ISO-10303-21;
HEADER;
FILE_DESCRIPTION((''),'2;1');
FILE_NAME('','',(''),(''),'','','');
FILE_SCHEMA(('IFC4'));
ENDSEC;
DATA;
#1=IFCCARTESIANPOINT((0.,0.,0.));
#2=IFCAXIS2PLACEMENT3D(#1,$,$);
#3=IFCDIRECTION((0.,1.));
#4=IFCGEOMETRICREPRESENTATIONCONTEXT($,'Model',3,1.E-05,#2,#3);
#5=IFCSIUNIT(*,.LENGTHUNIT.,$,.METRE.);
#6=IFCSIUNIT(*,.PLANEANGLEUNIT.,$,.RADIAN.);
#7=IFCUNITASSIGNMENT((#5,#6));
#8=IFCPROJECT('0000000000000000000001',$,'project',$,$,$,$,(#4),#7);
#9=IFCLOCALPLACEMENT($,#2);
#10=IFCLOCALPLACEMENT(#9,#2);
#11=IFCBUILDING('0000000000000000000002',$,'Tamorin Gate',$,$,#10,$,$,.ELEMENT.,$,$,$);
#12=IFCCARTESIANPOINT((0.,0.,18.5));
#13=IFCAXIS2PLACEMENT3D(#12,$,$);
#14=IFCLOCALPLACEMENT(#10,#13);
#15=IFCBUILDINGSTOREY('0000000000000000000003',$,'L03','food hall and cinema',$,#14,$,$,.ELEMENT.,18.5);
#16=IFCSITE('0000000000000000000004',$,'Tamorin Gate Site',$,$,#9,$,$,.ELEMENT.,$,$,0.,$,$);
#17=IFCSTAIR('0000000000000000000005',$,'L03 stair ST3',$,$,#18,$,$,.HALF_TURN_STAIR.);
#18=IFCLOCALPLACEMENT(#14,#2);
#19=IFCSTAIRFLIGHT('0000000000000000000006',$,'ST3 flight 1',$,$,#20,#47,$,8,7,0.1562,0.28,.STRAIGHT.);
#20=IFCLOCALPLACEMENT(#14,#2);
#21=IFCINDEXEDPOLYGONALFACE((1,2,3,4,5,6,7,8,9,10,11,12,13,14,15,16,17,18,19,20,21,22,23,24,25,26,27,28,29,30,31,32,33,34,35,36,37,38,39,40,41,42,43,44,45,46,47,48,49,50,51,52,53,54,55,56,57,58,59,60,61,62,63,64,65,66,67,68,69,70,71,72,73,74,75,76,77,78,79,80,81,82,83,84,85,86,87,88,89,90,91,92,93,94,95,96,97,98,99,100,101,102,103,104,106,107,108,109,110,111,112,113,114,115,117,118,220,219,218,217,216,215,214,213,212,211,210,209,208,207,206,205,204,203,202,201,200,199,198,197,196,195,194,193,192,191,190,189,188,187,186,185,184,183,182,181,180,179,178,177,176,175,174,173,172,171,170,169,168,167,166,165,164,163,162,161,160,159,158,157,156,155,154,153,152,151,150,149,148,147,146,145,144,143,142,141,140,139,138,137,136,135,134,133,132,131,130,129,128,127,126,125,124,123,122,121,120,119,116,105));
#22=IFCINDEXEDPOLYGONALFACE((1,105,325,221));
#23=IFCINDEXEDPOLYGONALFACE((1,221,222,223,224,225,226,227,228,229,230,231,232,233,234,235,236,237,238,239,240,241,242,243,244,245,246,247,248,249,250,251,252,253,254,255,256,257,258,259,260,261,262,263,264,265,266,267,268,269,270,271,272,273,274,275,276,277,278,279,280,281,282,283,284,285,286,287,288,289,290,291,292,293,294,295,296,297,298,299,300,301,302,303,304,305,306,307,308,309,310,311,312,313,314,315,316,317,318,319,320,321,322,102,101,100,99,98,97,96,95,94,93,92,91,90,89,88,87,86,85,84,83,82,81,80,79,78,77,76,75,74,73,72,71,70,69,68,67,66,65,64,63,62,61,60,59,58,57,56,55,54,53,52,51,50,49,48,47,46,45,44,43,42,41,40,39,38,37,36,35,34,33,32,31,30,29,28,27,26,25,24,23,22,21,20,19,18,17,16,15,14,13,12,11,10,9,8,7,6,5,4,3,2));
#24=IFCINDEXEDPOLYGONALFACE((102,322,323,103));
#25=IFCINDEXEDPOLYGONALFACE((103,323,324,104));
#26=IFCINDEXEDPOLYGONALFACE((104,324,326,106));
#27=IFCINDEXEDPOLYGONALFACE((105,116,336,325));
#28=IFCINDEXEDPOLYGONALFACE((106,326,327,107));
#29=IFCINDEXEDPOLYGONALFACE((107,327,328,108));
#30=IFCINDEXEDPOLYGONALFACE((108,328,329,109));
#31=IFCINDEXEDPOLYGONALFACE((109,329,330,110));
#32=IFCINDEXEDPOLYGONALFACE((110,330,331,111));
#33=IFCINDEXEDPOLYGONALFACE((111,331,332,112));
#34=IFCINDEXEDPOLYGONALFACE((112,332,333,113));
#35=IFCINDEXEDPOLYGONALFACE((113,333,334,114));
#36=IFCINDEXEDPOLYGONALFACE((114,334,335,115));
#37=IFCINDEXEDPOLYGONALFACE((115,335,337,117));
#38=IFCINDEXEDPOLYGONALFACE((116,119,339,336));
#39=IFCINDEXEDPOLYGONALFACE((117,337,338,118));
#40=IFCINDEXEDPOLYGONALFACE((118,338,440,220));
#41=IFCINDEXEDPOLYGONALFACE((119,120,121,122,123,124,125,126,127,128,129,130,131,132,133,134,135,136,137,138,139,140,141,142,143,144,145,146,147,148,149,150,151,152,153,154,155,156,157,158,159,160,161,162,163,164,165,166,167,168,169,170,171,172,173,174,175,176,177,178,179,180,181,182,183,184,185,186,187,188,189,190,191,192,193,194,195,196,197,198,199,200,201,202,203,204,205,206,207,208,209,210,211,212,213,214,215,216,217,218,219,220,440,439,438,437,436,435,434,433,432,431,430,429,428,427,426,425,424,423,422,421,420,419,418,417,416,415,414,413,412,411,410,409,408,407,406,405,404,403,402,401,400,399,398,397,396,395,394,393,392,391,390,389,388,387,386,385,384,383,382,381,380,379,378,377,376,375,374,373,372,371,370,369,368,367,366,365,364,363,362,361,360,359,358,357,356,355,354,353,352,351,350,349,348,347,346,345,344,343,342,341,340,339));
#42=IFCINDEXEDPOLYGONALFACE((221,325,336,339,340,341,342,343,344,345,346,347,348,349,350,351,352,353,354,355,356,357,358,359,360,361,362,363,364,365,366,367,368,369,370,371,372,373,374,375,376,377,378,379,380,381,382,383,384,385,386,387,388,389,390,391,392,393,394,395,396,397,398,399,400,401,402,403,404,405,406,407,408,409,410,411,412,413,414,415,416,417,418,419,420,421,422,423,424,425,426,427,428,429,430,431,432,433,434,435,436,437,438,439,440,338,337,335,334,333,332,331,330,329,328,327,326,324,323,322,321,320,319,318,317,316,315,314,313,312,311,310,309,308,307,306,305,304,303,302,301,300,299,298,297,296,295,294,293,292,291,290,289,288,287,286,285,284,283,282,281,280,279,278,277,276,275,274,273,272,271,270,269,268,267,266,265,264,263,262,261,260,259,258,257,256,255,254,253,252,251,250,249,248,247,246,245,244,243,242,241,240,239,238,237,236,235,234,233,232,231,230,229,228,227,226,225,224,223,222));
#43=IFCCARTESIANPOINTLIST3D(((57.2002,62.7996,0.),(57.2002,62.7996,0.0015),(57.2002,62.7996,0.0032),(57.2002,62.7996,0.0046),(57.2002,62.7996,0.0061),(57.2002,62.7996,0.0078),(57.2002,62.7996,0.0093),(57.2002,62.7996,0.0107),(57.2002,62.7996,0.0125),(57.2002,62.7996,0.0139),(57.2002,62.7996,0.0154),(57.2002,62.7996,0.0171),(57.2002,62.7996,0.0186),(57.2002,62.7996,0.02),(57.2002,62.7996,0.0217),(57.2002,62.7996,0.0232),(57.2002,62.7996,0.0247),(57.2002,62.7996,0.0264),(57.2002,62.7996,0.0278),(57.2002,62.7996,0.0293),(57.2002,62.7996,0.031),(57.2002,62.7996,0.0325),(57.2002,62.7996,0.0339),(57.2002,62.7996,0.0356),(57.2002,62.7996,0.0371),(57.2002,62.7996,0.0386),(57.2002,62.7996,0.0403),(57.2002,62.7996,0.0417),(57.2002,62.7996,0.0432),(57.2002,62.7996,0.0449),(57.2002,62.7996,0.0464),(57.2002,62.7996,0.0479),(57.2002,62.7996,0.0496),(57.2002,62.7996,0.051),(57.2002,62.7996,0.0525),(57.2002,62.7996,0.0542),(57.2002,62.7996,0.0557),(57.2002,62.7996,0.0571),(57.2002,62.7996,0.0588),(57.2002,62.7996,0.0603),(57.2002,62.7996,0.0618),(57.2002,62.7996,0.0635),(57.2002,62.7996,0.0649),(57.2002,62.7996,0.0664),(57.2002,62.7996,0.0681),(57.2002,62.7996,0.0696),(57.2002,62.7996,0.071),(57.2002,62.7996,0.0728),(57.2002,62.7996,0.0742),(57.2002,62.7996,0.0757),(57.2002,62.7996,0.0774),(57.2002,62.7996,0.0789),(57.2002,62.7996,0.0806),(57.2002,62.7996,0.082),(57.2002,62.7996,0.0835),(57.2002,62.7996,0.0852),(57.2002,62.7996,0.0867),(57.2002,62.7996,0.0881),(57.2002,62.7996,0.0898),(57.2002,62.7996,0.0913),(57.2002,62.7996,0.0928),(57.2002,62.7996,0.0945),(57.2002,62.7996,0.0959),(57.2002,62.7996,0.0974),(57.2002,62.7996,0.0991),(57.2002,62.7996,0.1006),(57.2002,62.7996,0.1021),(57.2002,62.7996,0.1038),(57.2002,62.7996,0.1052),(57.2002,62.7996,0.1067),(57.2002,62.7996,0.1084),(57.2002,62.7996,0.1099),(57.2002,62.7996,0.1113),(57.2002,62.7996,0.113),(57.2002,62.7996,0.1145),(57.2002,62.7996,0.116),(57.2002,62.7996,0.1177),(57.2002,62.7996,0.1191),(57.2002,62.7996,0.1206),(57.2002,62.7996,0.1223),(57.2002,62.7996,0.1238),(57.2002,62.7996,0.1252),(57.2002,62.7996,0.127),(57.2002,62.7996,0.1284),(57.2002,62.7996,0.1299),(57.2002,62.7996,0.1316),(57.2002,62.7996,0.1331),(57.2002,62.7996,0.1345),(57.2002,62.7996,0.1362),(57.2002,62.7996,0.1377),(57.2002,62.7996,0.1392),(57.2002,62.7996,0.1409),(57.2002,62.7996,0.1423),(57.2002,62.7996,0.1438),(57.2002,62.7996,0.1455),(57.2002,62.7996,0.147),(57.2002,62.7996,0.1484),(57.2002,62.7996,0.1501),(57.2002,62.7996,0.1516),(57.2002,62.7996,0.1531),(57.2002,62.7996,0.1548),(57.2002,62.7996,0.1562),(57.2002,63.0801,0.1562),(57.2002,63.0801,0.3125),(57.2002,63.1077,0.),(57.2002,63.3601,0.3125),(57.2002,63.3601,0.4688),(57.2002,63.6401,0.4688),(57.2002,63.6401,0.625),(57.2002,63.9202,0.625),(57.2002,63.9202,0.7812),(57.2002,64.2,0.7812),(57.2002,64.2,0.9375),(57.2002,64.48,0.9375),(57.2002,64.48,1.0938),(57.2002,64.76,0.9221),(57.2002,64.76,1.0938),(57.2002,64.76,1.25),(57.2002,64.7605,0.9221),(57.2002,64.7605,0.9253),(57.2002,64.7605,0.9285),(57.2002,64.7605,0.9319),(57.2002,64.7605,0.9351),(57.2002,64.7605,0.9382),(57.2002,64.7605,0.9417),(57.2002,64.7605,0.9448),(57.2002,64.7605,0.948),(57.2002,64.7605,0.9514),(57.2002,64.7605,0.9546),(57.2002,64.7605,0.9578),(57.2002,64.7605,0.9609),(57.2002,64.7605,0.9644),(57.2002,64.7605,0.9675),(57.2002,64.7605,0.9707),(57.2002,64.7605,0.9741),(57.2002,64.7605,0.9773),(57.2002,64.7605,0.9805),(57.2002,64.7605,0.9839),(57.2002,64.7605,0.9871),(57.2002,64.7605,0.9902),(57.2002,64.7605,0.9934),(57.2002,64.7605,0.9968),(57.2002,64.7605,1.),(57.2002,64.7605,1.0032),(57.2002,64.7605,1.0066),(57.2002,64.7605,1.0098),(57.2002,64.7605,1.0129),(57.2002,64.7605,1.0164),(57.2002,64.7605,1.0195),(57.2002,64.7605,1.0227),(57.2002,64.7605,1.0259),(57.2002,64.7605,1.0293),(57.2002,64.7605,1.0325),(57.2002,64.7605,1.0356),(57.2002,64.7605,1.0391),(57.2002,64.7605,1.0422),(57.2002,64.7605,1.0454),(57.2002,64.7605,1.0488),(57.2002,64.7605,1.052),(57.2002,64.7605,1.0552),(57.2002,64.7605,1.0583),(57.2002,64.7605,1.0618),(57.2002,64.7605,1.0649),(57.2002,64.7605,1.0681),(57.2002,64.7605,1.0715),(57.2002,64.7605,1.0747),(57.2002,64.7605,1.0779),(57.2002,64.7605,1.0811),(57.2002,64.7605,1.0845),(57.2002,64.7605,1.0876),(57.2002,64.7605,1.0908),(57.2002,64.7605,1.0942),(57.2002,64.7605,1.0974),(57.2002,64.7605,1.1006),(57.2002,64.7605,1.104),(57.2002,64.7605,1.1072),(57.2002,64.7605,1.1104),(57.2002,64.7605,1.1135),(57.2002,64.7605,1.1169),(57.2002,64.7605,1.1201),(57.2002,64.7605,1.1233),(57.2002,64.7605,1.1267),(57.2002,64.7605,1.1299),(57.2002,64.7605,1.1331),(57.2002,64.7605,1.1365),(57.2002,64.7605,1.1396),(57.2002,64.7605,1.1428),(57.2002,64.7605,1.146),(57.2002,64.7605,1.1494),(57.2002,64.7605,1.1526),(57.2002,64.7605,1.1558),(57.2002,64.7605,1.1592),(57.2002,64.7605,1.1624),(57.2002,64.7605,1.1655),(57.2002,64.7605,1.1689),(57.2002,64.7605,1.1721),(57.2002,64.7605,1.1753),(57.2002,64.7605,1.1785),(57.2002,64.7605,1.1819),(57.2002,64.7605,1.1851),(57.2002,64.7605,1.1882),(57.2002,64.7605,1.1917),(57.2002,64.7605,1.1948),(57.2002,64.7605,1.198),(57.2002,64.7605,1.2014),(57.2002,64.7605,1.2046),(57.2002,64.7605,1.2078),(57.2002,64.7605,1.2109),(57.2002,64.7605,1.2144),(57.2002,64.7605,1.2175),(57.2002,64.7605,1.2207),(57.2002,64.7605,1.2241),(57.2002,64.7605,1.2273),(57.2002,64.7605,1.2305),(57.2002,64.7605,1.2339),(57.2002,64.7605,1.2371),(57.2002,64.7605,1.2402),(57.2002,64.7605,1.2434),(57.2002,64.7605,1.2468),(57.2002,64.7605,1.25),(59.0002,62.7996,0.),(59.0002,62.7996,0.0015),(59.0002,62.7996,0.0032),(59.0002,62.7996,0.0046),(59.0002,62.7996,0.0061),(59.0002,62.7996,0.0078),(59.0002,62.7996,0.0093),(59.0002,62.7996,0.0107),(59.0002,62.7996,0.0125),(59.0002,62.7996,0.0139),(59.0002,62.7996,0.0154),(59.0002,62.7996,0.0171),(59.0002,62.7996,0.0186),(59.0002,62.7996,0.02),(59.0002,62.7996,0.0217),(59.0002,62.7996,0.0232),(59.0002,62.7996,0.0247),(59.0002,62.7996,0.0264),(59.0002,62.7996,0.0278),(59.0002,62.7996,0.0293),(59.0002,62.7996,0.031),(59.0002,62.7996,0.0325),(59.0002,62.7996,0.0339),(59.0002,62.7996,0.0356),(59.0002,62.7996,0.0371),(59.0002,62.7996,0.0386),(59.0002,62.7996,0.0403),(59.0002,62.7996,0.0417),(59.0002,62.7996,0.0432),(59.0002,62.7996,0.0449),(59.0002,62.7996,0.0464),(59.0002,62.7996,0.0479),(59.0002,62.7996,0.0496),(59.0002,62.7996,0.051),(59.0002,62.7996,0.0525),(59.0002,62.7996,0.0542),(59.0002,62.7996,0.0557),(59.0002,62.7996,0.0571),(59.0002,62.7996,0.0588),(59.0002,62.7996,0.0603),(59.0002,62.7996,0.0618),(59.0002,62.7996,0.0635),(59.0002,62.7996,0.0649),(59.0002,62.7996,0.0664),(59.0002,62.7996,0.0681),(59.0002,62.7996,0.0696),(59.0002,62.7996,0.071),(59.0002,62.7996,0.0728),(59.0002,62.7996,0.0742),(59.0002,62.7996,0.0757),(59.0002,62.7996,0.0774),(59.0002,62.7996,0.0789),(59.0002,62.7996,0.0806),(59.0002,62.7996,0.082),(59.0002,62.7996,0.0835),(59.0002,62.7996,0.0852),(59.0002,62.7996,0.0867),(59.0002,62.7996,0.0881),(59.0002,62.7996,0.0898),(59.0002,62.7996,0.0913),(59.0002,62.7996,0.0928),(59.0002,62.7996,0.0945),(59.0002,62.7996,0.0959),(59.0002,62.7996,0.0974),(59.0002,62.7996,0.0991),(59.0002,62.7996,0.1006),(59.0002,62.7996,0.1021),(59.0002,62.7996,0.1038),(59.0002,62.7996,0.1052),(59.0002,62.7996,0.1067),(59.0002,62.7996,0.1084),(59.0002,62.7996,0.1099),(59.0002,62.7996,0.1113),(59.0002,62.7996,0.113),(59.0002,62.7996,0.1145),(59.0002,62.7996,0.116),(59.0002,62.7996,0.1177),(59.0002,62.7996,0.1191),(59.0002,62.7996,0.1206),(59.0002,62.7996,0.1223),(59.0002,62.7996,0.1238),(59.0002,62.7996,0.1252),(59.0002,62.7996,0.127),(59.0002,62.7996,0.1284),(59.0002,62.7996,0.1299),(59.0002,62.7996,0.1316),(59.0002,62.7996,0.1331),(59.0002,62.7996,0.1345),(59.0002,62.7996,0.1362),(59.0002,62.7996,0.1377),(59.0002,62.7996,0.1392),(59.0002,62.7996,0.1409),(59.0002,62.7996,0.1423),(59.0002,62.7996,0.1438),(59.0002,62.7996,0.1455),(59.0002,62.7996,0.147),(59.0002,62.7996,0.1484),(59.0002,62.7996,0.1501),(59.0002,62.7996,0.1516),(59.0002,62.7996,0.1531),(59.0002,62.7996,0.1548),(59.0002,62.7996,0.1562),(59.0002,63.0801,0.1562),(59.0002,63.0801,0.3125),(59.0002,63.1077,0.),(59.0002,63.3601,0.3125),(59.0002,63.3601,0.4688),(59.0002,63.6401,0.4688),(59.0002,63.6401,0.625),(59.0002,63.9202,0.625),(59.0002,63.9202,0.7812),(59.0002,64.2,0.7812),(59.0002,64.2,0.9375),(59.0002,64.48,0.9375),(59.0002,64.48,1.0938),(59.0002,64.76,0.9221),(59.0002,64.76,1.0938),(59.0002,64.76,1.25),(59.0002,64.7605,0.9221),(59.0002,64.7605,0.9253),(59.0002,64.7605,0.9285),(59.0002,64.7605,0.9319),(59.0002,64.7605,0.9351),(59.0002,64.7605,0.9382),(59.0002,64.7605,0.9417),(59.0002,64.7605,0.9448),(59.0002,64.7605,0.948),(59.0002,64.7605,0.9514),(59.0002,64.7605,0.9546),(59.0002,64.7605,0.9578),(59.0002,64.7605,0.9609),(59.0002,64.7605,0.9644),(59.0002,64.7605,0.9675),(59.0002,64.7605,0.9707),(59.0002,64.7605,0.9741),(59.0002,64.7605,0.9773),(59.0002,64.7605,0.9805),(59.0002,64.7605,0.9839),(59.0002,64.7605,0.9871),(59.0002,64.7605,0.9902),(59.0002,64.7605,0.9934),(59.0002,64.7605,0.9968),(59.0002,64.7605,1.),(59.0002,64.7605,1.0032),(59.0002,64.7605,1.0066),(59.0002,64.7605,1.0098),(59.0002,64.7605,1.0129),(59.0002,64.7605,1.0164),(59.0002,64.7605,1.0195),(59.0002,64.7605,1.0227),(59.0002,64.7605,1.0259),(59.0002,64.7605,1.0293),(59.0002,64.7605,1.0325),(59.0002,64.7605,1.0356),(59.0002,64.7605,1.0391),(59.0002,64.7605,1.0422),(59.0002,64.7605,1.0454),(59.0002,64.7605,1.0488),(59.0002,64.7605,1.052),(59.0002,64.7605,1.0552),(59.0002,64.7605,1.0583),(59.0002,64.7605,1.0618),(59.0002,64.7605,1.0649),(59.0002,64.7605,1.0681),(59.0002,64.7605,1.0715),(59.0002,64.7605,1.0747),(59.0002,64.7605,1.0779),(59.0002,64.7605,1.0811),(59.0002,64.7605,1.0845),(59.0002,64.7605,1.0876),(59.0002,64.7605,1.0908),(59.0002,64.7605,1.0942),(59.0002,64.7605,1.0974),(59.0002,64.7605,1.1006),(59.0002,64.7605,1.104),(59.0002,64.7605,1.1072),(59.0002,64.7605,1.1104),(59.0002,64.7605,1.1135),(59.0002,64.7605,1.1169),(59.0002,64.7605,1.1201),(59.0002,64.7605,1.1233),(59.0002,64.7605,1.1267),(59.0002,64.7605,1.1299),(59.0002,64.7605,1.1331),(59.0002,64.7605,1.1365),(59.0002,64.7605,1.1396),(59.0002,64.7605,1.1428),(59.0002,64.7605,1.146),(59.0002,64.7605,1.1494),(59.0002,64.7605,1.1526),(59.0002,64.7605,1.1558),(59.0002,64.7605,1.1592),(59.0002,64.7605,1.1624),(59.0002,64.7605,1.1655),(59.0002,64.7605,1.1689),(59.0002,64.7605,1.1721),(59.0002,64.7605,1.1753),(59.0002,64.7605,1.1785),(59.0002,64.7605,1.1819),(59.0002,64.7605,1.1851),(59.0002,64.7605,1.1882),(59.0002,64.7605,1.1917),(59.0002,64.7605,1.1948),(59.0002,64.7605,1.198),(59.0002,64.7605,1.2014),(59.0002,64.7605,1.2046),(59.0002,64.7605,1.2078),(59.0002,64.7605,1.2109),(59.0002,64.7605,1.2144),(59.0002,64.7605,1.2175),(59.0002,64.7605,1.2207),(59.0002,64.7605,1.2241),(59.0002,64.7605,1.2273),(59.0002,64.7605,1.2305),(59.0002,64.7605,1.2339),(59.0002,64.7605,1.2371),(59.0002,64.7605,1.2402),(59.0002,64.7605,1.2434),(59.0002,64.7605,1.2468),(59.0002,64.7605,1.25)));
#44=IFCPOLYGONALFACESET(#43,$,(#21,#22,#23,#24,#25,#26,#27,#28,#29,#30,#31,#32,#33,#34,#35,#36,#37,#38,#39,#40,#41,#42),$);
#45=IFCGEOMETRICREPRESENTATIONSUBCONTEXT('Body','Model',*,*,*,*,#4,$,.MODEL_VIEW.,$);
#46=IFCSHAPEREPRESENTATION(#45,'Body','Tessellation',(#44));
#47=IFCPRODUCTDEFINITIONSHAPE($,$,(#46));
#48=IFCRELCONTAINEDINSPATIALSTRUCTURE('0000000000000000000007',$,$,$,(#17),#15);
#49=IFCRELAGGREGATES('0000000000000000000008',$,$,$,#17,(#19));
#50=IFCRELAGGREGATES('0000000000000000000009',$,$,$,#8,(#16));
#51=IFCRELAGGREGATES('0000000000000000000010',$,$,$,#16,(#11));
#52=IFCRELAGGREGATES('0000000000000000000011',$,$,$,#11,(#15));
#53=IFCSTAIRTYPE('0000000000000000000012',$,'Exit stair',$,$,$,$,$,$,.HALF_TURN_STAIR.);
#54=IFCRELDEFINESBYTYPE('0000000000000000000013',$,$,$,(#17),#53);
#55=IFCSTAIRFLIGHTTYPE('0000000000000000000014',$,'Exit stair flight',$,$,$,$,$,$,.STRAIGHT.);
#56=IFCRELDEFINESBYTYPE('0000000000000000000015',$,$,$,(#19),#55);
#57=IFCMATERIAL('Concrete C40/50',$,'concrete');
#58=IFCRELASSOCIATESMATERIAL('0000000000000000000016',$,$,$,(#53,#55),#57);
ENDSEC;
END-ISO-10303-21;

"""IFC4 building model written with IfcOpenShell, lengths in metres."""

from ifc_helpers import new_model, si_unit, direction, frame, origin, place, context, subcontext, project, spatial, polyline, outline, extrude, material, type_object, element, aggregate, save


model = new_model("IFC4")

# Units and contexts
model_context = context("Model", 3, precision=1e-05, world=origin(), true_north=direction((0.0, 1.0)))
body_context = subcontext(model_context, "Body", "Model", "MODEL_VIEW")
ifc_project = project(units=[si_unit("LENGTHUNIT", "METRE"), si_unit("PLANEANGLEUNIT", "RADIAN")], contexts=[model_context])

# Site, building, storey
site_placement = place(None, origin())
site = spatial("IfcSite", under=ifc_project, at=site_placement, Name="Tamorin Gate Site", CompositionType="ELEMENT", RefElevation=0.0)
building_placement = place(site_placement, origin())
building = spatial("IfcBuilding", under=site, at=building_placement, Name="Tamorin Gate", CompositionType="ELEMENT")
storey_placement = place(building_placement, frame((0.0, 0.0, 18.5)))
storey = spatial("IfcBuildingStorey", under=building, at=storey_placement, Name="L03", Description="food hall and cinema", CompositionType="ELEMENT", Elevation=18.5)

# Stair, stair flight
ifc_material_1 = material(Name="Concrete C40/50", Category="concrete")
stair_type = type_object("IfcStairType", Name="Exit stair", PredefinedType="HALF_TURN_STAIR", material=ifc_material_1)
stair_placement = place(storey_placement, origin())
stair = element("IfcStair", 1, at=stair_placement, inside=storey, type_object=stair_type, Name="L03 stair ST3", PredefinedType="HALF_TURN_STAIR")
stair_flight_type = type_object("IfcStairFlightType", Name="Exit stair flight", PredefinedType="STRAIGHT", material=ifc_material_1)
stair_flight_1_placement = place(storey_placement, frame((58.1001, 62.8, 0.0), z_axis=(0.0, 0.0, 1.0), x_axis=(0.0, 1.0, 0.0)))
stair_flight_1 = element("IfcStairFlight", 2, at=stair_flight_1_placement, type_object=stair_flight_type, Name="ST3 flight 1", NumberOfRisers=8, NumberOfTreads=7, PredefinedType="STRAIGHT", RiserHeight=0.1562, TreadLength=0.28, context=body_context, shape_type="SweptSolid", body=[
    extrude(outline(polyline([(-0.0005, 0.0), (-0.0005, 0.0015), (-0.0005, 0.0032), (-0.0005, 0.0046), (-0.0005, 0.0061), (-0.0005, 0.0078), (-0.0005, 0.0093), (-0.0005, 0.0107), (-0.0005, 0.0125), (-0.0005, 0.0139), (-0.0005, 0.0154), (-0.0005, 0.0171), (-0.0005, 0.0186), (-0.0005, 0.02), (-0.0005, 0.0217), (-0.0005, 0.0232), (-0.0005, 0.0247), (-0.0005, 0.0264), (-0.0005, 0.0278), (-0.0005, 0.0293), (-0.0005, 0.031), (-0.0005, 0.0325), (-0.0005, 0.0339), (-0.0005, 0.0356), (-0.0005, 0.0371), (-0.0005, 0.0386), (-0.0005, 0.0403), (-0.0005, 0.0417), (-0.0005, 0.0432), (-0.0005, 0.0449), (-0.0005, 0.0464), (-0.0005, 0.0479), (-0.0005, 0.0496), (-0.0005, 0.051), (-0.0005, 0.0525), (-0.0005, 0.0542), (-0.0005, 0.0557), (-0.0005, 0.0571), (-0.0005, 0.0588), (-0.0005, 0.0603), (-0.0005, 0.0618), (-0.0005, 0.0635), (-0.0005, 0.0649), (-0.0005, 0.0664), (-0.0005, 0.0681), (-0.0005, 0.0696), (-0.0005, 0.071), (-0.0005, 0.0728), (-0.0005, 0.0742), (-0.0005, 0.0757), (-0.0005, 0.0774), (-0.0005, 0.0789), (-0.0005, 0.0806), (-0.0005, 0.082), (-0.0005, 0.0835), (-0.0005, 0.0852), (-0.0005, 0.0867), (-0.0005, 0.0881), (-0.0005, 0.0898), (-0.0005, 0.0913), (-0.0005, 0.0928), (-0.0005, 0.0945), (-0.0005, 0.0959), (-0.0005, 0.0974), (-0.0005, 0.0991), (-0.0005, 0.1006), (-0.0005, 0.1021), (-0.0005, 0.1038), (-0.0005, 0.1052), (-0.0005, 0.1067), (-0.0005, 0.1084), (-0.0005, 0.1099), (-0.0005, 0.1113), (-0.0005, 0.113), (-0.0005, 0.1145), (-0.0005, 0.116), (-0.0005, 0.1177), (-0.0005, 0.1191), (-0.0005, 0.1206), (-0.0005, 0.1223), (-0.0005, 0.1238), (-0.0005, 0.1252), (-0.0005, 0.127), (-0.0005, 0.1284), (-0.0005, 0.1299), (-0.0005, 0.1316), (-0.0005, 0.1331), (-0.0005, 0.1345), (-0.0005, 0.1362), (-0.0005, 0.1377), (-0.0005, 0.1392), (-0.0005, 0.1409), (-0.0005, 0.1423), (-0.0005, 0.1438), (-0.0005, 0.1455), (-0.0005, 0.147), (-0.0005, 0.1484), (-0.0005, 0.1501), (-0.0005, 0.1516), (-0.0005, 0.1531), (-0.0005, 0.1548), (-0.0005, 0.1562), (0.28, 0.1562), (0.28, 0.3125), (0.5601, 0.3125), (0.5601, 0.4688), (0.8401, 0.4688), (0.8401, 0.625), (1.1201, 0.625), (1.1201, 0.7812), (1.3999, 0.7812), (1.3999, 0.9375), (1.6799, 0.9375), (1.6799, 1.0938), (1.96, 1.0938), (1.96, 1.25), (1.9604, 1.25), (1.9604, 1.2468), (1.9604, 1.2434), (1.9604, 1.2402), (1.9604, 1.2371), (1.9604, 1.2339), (1.9604, 1.2305), (1.9604, 1.2273), (1.9604, 1.2241), (1.9604, 1.2207), (1.9604, 1.2175), (1.9604, 1.2144), (1.9604, 1.2109), (1.9604, 1.2078), (1.9604, 1.2046), (1.9604, 1.2014), (1.9604, 1.198), (1.9604, 1.1948), (1.9604, 1.1917), (1.9604, 1.1882), (1.9604, 1.1851), (1.9604, 1.1819), (1.9604, 1.1785), (1.9604, 1.1753), (1.9604, 1.1721), (1.9604, 1.1689), (1.9604, 1.1655), (1.9604, 1.1624), (1.9604, 1.1592), (1.9604, 1.1558), (1.9604, 1.1526), (1.9604, 1.1494), (1.9604, 1.146), (1.9604, 1.1428), (1.9604, 1.1396), (1.9604, 1.1365), (1.9604, 1.1331), (1.9604, 1.1299), (1.9604, 1.1267), (1.9604, 1.1233), (1.9604, 1.1201), (1.9604, 1.1169), (1.9604, 1.1135), (1.9604, 1.1104), (1.9604, 1.1072), (1.9604, 1.104), (1.9604, 1.1006), (1.9604, 1.0974), (1.9604, 1.0942), (1.9604, 1.0908), (1.9604, 1.0876), (1.9604, 1.0845), (1.9604, 1.0811), (1.9604, 1.0779), (1.9604, 1.0747), (1.9604, 1.0715), (1.9604, 1.0681), (1.9604, 1.0649), (1.9604, 1.0618), (1.9604, 1.0583), (1.9604, 1.0552), (1.9604, 1.052), (1.9604, 1.0488), (1.9604, 1.0454), (1.9604, 1.0422), (1.9604, 1.0391), (1.9604, 1.0356), (1.9604, 1.0325), (1.9604, 1.0293), (1.9604, 1.0259), (1.9604, 1.0227), (1.9604, 1.0195), (1.9604, 1.0164), (1.9604, 1.0129), (1.9604, 1.0098), (1.9604, 1.0066), (1.9604, 1.0032), (1.9604, 1.0), (1.9604, 0.9968), (1.9604, 0.9934), (1.9604, 0.9902), (1.9604, 0.9871), (1.9604, 0.9839), (1.9604, 0.9805), (1.9604, 0.9773), (1.9604, 0.9741), (1.9604, 0.9707), (1.9604, 0.9675), (1.9604, 0.9644), (1.9604, 0.9609), (1.9604, 0.9578), (1.9604, 0.9546), (1.9604, 0.9514), (1.9604, 0.948), (1.9604, 0.9448), (1.9604, 0.9417), (1.9604, 0.9382), (1.9604, 0.9351), (1.9604, 0.9319), (1.9604, 0.9285), (1.9604, 0.9253), (1.9604, 0.9221), (1.96, 0.9221), (0.3076, 0.0), (-0.0005, 0.0)])), frame((0.0, 0.8999, 0.0), z_axis=(0.0, -1.0, 0.0), x_axis=(1.0, 0.0, 0.0)), (0.0, 0.0, 1.0), 1.8),
])
aggregate(stair, [stair_flight_1])

save(model, "model.ifc")
